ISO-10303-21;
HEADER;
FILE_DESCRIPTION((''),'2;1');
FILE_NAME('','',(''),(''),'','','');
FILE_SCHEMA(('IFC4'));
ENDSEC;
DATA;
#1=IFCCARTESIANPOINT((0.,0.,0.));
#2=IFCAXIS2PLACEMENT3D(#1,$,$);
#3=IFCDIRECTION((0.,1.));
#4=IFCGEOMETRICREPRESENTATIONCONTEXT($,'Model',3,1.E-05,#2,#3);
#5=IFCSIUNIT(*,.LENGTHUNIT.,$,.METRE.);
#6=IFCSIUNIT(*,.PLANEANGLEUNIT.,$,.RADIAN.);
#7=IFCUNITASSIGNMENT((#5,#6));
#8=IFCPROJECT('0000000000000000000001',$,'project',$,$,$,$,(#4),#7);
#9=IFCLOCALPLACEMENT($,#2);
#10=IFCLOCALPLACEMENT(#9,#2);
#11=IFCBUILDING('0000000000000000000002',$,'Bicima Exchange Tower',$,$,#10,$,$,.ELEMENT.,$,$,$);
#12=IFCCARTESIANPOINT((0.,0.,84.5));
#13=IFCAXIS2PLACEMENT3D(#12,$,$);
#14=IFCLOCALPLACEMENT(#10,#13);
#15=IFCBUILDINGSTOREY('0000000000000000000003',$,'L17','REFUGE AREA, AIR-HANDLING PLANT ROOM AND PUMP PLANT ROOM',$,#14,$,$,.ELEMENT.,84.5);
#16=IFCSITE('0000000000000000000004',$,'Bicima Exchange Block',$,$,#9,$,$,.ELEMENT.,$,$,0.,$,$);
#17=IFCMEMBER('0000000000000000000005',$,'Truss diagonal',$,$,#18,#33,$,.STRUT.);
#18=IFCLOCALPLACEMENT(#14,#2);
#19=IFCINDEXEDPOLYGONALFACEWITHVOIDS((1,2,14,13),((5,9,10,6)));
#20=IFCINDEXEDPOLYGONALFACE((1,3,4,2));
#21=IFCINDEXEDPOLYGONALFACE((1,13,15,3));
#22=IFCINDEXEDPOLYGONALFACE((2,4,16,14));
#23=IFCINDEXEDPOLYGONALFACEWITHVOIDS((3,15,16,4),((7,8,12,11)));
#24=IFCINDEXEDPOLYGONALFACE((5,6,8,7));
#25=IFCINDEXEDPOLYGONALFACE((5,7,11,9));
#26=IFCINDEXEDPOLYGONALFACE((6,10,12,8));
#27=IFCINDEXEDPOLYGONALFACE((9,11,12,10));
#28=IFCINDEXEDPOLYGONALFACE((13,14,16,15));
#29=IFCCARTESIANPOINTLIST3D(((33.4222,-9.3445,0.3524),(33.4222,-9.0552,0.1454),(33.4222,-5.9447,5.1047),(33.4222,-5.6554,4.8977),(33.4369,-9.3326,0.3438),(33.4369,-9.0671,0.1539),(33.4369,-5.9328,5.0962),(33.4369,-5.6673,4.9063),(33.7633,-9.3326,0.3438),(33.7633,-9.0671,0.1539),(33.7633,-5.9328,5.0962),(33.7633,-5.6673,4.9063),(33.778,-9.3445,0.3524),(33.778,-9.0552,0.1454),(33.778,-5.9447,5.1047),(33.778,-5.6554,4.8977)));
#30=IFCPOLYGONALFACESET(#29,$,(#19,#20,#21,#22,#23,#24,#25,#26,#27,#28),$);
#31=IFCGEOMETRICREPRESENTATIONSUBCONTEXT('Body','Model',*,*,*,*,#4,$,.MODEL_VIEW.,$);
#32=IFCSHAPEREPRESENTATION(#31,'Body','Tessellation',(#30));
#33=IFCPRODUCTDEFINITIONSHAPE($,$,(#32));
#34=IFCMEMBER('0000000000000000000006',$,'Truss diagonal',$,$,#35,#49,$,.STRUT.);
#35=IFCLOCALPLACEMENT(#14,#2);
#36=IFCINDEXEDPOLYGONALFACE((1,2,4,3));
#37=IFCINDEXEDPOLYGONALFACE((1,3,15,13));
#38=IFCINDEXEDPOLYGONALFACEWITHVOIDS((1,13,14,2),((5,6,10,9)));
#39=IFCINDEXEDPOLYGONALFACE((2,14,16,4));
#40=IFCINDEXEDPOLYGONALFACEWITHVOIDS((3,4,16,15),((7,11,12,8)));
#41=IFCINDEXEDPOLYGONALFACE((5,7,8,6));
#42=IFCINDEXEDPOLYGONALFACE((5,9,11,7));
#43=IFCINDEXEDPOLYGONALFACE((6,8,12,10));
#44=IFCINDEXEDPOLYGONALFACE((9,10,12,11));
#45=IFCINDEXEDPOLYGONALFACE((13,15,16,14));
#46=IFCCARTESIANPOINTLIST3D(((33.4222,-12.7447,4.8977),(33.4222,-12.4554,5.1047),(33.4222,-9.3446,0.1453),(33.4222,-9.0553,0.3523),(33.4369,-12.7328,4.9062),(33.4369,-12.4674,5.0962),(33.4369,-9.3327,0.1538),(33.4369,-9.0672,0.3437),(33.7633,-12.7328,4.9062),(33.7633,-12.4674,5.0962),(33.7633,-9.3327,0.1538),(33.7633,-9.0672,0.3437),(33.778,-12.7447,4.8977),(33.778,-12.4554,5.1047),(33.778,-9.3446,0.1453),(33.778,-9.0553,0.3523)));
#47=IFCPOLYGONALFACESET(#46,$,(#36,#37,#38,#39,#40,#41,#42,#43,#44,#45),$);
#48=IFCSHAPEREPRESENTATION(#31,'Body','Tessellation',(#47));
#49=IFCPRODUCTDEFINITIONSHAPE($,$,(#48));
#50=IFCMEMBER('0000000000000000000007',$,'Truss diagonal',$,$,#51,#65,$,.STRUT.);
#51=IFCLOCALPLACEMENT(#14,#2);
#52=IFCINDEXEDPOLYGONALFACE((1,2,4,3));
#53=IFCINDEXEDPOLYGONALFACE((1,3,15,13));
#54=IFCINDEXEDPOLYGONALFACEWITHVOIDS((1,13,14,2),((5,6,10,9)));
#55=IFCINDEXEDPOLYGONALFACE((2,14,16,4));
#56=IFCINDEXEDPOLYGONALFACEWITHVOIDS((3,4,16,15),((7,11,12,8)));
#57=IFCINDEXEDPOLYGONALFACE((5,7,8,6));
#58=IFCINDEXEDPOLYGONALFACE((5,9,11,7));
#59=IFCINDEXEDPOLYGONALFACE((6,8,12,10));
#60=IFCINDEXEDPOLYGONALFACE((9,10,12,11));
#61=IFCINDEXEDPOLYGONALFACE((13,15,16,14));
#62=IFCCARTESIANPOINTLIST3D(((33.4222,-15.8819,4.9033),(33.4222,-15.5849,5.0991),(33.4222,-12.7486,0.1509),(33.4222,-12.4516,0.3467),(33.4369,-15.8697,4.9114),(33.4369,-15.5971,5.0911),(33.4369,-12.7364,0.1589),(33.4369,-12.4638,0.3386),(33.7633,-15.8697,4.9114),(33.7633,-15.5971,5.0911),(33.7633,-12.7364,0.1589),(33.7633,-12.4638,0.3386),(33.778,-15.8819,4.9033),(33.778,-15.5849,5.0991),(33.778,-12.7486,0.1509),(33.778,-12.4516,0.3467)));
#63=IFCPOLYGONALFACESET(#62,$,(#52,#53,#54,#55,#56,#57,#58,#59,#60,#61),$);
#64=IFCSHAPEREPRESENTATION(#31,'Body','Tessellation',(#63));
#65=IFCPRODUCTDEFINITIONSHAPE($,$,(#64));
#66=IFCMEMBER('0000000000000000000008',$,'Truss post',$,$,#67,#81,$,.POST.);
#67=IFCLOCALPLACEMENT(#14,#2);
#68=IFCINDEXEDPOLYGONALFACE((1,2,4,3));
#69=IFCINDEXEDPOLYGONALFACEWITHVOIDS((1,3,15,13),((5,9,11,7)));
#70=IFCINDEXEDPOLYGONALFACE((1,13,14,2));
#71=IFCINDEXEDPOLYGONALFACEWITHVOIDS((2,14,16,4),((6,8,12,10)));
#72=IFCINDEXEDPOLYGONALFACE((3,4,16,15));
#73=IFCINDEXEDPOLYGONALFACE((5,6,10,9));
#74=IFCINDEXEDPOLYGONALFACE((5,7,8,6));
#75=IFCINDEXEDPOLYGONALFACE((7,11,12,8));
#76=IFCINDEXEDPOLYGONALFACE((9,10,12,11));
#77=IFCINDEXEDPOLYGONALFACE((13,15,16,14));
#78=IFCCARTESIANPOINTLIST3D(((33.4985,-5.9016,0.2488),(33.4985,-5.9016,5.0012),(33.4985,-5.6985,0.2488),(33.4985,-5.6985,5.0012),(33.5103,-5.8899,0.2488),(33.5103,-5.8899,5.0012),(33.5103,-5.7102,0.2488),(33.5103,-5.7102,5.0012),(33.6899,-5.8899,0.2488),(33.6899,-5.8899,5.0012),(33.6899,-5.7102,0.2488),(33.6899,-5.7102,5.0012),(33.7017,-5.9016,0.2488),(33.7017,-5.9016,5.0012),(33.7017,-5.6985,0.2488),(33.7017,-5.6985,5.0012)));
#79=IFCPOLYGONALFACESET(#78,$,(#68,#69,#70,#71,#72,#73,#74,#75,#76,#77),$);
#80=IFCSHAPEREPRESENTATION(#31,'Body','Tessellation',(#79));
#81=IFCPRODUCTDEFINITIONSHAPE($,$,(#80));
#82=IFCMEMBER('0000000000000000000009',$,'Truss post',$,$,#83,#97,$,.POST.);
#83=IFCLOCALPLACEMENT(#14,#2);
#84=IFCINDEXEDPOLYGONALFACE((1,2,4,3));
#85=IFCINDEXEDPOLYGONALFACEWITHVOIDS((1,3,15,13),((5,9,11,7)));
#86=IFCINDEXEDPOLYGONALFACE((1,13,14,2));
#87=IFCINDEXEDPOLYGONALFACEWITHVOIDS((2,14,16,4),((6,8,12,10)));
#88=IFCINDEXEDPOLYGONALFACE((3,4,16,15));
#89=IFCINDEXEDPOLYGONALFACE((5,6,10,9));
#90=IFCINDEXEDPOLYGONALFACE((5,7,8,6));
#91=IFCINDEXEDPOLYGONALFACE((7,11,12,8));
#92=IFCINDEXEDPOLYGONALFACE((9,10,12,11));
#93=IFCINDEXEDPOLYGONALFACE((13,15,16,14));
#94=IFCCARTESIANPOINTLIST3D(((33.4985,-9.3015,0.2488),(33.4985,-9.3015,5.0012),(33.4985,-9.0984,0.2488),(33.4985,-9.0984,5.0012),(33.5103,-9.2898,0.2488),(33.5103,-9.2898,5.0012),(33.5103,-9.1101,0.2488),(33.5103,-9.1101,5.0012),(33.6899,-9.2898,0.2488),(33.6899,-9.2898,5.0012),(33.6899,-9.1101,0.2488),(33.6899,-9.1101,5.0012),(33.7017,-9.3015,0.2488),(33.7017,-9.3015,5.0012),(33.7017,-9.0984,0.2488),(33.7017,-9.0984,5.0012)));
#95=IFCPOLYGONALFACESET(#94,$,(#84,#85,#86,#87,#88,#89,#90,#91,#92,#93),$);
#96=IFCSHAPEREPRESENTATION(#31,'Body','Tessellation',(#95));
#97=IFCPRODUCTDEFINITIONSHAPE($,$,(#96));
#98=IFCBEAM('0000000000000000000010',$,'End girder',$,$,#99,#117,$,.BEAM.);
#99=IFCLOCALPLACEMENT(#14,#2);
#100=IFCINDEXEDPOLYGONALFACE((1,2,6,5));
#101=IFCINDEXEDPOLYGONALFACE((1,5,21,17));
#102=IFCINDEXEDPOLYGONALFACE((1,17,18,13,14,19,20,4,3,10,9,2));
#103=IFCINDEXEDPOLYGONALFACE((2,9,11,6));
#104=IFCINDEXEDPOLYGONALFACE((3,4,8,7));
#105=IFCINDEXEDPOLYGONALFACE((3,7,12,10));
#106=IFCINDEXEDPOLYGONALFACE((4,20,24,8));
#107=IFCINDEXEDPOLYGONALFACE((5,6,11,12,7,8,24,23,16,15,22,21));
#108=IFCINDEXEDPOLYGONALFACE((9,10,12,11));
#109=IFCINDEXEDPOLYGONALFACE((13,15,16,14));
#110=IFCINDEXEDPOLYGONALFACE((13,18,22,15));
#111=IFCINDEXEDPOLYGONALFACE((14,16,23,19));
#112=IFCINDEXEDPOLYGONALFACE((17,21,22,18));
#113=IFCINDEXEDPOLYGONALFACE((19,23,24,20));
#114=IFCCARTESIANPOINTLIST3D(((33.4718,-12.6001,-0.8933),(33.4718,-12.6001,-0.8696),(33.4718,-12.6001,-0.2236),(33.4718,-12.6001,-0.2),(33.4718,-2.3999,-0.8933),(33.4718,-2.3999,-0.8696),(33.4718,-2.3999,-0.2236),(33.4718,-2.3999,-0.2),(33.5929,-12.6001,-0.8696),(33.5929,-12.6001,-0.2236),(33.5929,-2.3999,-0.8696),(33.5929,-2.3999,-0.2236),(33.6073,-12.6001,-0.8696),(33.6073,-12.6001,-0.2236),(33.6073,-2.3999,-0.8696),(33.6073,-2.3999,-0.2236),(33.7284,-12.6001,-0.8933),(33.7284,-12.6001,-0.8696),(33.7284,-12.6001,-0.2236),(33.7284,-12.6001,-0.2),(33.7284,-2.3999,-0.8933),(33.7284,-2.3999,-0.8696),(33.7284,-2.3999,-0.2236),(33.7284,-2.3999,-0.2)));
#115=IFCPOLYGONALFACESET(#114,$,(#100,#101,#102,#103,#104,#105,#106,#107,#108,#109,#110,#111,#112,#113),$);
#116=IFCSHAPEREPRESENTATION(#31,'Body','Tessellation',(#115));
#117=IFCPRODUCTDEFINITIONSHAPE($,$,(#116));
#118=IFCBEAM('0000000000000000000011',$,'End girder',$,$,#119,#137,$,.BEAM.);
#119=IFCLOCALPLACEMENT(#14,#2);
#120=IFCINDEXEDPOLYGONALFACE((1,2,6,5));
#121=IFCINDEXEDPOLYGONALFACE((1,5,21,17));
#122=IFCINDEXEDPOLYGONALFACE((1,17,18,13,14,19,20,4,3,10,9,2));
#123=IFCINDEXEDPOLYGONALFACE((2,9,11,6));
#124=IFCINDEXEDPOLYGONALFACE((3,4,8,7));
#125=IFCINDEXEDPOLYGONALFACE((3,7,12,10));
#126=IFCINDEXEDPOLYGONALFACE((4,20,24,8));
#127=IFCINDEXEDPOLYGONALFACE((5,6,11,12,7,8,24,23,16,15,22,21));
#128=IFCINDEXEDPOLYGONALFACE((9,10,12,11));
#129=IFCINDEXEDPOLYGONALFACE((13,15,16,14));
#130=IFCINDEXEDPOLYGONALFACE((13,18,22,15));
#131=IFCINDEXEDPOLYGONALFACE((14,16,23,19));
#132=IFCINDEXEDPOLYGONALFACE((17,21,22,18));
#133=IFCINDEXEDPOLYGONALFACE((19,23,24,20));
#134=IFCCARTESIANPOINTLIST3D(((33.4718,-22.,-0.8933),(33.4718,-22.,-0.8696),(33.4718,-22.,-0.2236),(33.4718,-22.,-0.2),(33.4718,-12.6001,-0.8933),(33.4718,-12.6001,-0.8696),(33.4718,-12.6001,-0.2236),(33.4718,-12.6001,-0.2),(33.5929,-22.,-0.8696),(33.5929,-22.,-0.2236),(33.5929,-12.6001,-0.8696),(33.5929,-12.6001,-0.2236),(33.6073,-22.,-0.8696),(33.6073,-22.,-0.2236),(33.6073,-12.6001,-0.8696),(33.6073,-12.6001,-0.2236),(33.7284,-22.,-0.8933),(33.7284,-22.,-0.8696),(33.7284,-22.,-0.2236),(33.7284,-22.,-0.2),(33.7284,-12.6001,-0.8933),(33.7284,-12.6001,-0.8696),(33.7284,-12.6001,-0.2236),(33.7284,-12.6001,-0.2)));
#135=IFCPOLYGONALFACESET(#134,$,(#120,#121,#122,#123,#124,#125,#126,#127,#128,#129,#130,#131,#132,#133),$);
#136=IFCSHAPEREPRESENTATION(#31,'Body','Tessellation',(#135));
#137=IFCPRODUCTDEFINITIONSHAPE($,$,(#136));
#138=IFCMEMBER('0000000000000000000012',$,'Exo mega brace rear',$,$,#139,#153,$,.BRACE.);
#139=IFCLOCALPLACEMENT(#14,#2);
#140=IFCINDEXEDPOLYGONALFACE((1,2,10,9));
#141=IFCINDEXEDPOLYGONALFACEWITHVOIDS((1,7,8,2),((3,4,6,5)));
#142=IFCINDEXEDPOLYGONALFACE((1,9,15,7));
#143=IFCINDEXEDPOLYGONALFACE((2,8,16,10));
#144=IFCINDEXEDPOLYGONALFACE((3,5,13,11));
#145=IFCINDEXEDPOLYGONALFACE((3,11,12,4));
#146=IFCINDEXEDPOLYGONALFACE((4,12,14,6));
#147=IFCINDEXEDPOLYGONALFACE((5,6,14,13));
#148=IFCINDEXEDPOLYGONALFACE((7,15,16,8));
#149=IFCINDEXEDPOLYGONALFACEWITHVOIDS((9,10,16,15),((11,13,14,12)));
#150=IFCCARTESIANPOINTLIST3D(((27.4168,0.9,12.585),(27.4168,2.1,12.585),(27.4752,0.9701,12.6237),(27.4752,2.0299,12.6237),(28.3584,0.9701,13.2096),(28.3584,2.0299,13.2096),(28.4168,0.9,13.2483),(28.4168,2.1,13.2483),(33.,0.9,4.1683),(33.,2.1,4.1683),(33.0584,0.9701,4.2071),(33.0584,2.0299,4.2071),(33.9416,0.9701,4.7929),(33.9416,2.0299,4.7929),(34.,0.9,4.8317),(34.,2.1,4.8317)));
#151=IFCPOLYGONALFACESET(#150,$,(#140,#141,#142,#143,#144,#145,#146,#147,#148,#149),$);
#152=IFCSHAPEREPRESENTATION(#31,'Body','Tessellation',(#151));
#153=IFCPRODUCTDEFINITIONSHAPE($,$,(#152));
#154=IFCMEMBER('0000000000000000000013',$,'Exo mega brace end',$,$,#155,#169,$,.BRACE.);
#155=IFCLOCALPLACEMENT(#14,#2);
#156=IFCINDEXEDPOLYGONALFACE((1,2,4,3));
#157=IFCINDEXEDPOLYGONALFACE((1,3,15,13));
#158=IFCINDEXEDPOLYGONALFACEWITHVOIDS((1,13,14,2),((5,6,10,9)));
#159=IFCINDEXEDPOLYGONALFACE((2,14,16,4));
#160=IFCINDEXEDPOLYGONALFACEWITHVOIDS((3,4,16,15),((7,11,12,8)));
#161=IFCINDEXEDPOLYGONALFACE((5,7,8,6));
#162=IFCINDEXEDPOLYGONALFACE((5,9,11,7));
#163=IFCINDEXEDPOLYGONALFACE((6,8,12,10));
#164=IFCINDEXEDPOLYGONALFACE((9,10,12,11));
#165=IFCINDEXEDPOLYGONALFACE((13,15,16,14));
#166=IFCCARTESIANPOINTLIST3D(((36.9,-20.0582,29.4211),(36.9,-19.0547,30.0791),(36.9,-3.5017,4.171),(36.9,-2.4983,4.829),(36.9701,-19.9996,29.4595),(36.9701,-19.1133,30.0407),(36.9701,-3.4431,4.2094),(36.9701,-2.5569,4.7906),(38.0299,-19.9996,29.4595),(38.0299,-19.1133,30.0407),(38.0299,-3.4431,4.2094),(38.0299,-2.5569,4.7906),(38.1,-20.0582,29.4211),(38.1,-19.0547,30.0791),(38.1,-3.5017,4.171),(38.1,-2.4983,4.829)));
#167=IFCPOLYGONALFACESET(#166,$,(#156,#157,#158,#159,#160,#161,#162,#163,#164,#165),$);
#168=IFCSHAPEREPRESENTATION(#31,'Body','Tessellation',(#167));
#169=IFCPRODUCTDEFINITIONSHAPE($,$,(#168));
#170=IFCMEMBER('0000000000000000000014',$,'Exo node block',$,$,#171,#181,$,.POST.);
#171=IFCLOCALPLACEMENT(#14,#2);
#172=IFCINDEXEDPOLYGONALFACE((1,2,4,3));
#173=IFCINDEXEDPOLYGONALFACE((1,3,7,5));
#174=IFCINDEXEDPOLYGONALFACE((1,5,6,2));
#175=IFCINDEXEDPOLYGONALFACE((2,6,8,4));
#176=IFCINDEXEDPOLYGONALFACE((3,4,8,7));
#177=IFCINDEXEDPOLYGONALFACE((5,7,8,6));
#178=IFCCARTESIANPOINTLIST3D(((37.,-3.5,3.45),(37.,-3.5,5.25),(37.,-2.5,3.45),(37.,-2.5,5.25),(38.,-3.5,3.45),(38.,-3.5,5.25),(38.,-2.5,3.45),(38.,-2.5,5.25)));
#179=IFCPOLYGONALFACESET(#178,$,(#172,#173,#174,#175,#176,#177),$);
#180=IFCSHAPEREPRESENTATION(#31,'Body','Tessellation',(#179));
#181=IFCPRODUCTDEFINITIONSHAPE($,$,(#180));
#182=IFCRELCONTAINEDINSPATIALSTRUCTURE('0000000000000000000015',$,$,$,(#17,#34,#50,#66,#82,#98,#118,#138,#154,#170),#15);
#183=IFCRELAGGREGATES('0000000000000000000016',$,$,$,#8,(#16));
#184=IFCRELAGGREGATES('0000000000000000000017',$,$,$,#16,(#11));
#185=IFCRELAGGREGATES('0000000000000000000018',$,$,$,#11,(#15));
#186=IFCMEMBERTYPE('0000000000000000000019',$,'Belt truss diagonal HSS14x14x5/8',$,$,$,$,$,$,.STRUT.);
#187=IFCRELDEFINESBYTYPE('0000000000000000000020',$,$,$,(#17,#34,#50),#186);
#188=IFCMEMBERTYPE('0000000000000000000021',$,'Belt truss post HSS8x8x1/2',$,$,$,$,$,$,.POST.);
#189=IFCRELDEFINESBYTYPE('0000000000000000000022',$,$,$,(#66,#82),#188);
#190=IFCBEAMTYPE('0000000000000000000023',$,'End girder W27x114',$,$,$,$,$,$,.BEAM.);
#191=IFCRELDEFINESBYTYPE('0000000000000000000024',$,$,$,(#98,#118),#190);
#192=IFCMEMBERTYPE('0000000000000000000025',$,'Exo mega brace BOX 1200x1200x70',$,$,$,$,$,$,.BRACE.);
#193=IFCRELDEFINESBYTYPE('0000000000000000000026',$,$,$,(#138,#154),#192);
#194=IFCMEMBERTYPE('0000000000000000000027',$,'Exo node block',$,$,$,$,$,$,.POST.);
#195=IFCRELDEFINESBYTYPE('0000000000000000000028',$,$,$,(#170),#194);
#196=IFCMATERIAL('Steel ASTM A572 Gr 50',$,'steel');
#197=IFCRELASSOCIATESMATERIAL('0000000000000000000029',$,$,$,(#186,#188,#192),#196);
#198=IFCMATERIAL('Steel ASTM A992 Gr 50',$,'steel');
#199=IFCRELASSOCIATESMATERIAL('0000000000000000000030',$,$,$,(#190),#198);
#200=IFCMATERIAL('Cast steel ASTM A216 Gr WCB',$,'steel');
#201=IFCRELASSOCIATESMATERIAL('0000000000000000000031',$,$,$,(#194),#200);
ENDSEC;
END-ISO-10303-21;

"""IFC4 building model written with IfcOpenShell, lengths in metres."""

from ifc_helpers import new_model, si_unit, direction, frame, origin, origin_2d, place, context, subcontext, project, spatial, rectangle, hollow_rectangle, i_section, extrude, material, material_profile, profile_set, type_object, element, save


model = new_model("IFC4")

# Units and contexts
model_context = context("Model", 3, precision=1e-05, world=origin(), true_north=direction((0.0, 1.0)))
body_context = subcontext(model_context, "Body", "Model", "MODEL_VIEW")
ifc_project = project(units=[si_unit("LENGTHUNIT", "METRE"), si_unit("PLANEANGLEUNIT", "RADIAN")], contexts=[model_context])

# Site, building, storey
site_placement = place(None, origin())
site = spatial("IfcSite", under=ifc_project, at=site_placement, Name="Bicima Exchange Block", CompositionType="ELEMENT", RefElevation=0.0)
building_placement = place(site_placement, origin())
building = spatial("IfcBuilding", under=site, at=building_placement, Name="Bicima Exchange Tower", CompositionType="ELEMENT")
storey_placement = place(building_placement, frame((0.0, 0.0, 84.5)))
storey = spatial("IfcBuildingStorey", under=building, at=storey_placement, Name="L17", Description="REFUGE AREA, AIR-HANDLING PLANT ROOM AND PUMP PLANT ROOM", CompositionType="ELEMENT", Elevation=84.5)

# Shared definitions
ifc_material_1 = material(Name="Steel ASTM A992 Gr 50", Category="steel")

# Shared definitions
ifc_material_2 = material(Name="Steel ASTM A572 Gr 50", Category="steel")

# Members
ifc_material_profile_1 = material_profile(ifc_material_2, hollow_rectangle(XDim=0.3557, YDim=0.3557, WallThickness=0.0146, at=origin_2d()))
ifc_profile_set_1 = profile_set([ifc_material_profile_1], Name="Steel ASTM A572 Gr 50")
member_type_1 = type_object("IfcMemberType", Name="Belt truss diagonal HSS14x14x5/8", PredefinedType="STRUT", material=ifc_profile_set_1)
member_1_placement = place(storey_placement, frame((33.6001, -5.8, 5.0012), z_axis=(0.0, -0.581839, -0.813304), x_axis=(1.0, 0.0, 0.0)))
element("IfcMember", 1, at=member_1_placement, inside=storey, type_object=member_type_1, Name="Truss diagonal", PredefinedType="STRUT", context=body_context, shape_type="SweptSolid", body=[
    extrude(hollow_rectangle(XDim=0.3557, YDim=0.3557, WallThickness=0.0146, at=origin_2d()), origin(), (0.0, 0.0, 1.0), 5.8433),
])
member_2_placement = place(storey_placement, frame((33.6001, -9.2, 0.2488), z_axis=(0.0, -0.581866, 0.813284), x_axis=(1.0, 0.0, 0.0)))
element("IfcMember", 2, at=member_2_placement, inside=storey, type_object=member_type_1, Name="Truss diagonal", PredefinedType="STRUT", context=body_context, shape_type="SweptSolid", body=[
    extrude(hollow_rectangle(XDim=0.3557, YDim=0.3557, WallThickness=0.0146, at=origin_2d()), origin(), (0.0, 0.0, 1.0), 5.8435),
])
member_3_placement = place(storey_placement, frame((33.6001, -12.6001, 0.2488), z_axis=(0.0, -0.550437, 0.834877), x_axis=(1.0, 0.0, 0.0)))
element("IfcMember", 3, at=member_3_placement, inside=storey, type_object=member_type_1, Name="Truss diagonal", PredefinedType="STRUT", context=body_context, shape_type="SweptSolid", body=[
    extrude(hollow_rectangle(XDim=0.3557, YDim=0.3557, WallThickness=0.0146, at=origin_2d()), origin(), (0.0, 0.0, 1.0), 5.6924),
])
ifc_material_profile_2 = material_profile(ifc_material_2, hollow_rectangle(XDim=0.2031, YDim=0.2031, WallThickness=0.0117, at=origin_2d()))
ifc_profile_set_2 = profile_set([ifc_material_profile_2], Name="Steel ASTM A572 Gr 50")
member_type_2 = type_object("IfcMemberType", Name="Belt truss post HSS8x8x1/2", PredefinedType="POST", material=ifc_profile_set_2)
for number, where, z_axis, x_axis, name in (
    (4, (33.6001, -5.8, 0.2488), (0.0, 0.0, 1.0), (1.0, 0.0, 0.0), "Truss post"),
    (5, (33.6001, -9.2, 0.2488), (0.0, 0.0, 1.0), (1.0, 0.0, 0.0), "Truss post"),
):
    element("IfcMember", number, at=place(storey_placement, frame(where, z_axis=z_axis, x_axis=x_axis)), inside=storey, type_object=member_type_2, Name=name, PredefinedType="POST", context=body_context, shape_type="SweptSolid", body=[
        extrude(hollow_rectangle(XDim=0.2031, YDim=0.2031, WallThickness=0.0117, at=origin_2d()), origin(), (0.0, 0.0, 1.0), 4.7524),
    ])

# Beams
ifc_material_profile_3 = material_profile(ifc_material_1, i_section(OverallWidth=0.2566, OverallDepth=0.6934, WebThickness=0.0144, FlangeThickness=0.0237, at=origin_2d()))
ifc_profile_set_3 = profile_set([ifc_material_profile_3], Name="Steel ASTM A992 Gr 50")
beam_type_1 = type_object("IfcBeamType", Name="End girder W27x114", PredefinedType="BEAM", material=ifc_profile_set_3)
beam_1_placement = place(storey_placement, frame((33.6001, -2.3999, -0.5466), z_axis=(0.0, -1.0, 0.0), x_axis=(1.0, 0.0, 0.0)))
element("IfcBeam", 6, at=beam_1_placement, inside=storey, type_object=beam_type_1, Name="End girder", PredefinedType="BEAM", context=body_context, shape_type="SweptSolid", body=[
    extrude(i_section(OverallWidth=0.2566, OverallDepth=0.6934, WebThickness=0.0144, FlangeThickness=0.0237, at=origin_2d()), origin(), (0.0, 0.0, 1.0), 10.2002),
])
beam_2_placement = place(storey_placement, frame((33.6001, -12.6001, -0.5466), z_axis=(0.0, -1.0, 0.0), x_axis=(1.0, 0.0, 0.0)))
element("IfcBeam", 7, at=beam_2_placement, inside=storey, type_object=beam_type_1, Name="End girder", PredefinedType="BEAM", context=body_context, shape_type="SweptSolid", body=[
    extrude(i_section(OverallWidth=0.2566, OverallDepth=0.6934, WebThickness=0.0144, FlangeThickness=0.0237, at=origin_2d()), origin(), (0.0, 0.0, 1.0), 9.3999),
])

# Members
ifc_material_profile_4 = material_profile(ifc_material_2, hollow_rectangle(XDim=1.2, YDim=1.2, WallThickness=0.0701, at=origin_2d()))
ifc_profile_set_4 = profile_set([ifc_material_profile_4], Name="Steel ASTM A572 Gr 50")
member_type_3 = type_object("IfcMemberType", Name="Exo mega brace BOX 1200x1200x70", PredefinedType="BRACE", material=ifc_profile_set_4)
member_4_placement = place(storey_placement, frame((33.5, 1.5, 4.5), z_axis=(-0.552785, 0.0, 0.833324), x_axis=(0.0, -1.0, 0.0)))
element("IfcMember", 8, at=member_4_placement, inside=storey, type_object=member_type_3, Name="Exo mega brace rear", PredefinedType="BRACE", context=body_context, shape_type="SweptSolid", body=[
    extrude(hollow_rectangle(XDim=1.2, YDim=1.2, WallThickness=0.0701, at=origin_2d()), origin(), (0.0, 0.0, 1.0), 10.1001),
])
member_5_placement = place(storey_placement, frame((37.5, -3.0, 4.5), z_axis=(0.0, -0.548334, 0.836259), x_axis=(1.0, 0.0, 0.0)))
element("IfcMember", 9, at=member_5_placement, inside=storey, type_object=member_type_3, Name="Exo mega brace end", PredefinedType="BRACE", context=body_context, shape_type="SweptSolid", body=[
    extrude(hollow_rectangle(XDim=1.2, YDim=1.2, WallThickness=0.0701, at=origin_2d()), origin(), (0.0, 0.0, 1.0), 30.1941),
])
ifc_material_3 = material(Name="Cast steel ASTM A216 Gr WCB", Category="steel")
ifc_material_profile_5 = material_profile(ifc_material_3, rectangle(XDim=1.0, YDim=1.0, at=origin_2d()))
ifc_profile_set_5 = profile_set([ifc_material_profile_5], Name="Cast steel ASTM A216 Gr WCB")
member_type_4 = type_object("IfcMemberType", Name="Exo node block", PredefinedType="POST", material=ifc_profile_set_5)
for number, where, z_axis, x_axis, name in (
    (10, (37.5, -3.0, 3.45), (0.0, 0.0, 1.0), (1.0, 0.0, 0.0), "Exo node block"),
):
    element("IfcMember", number, at=place(storey_placement, frame(where, z_axis=z_axis, x_axis=x_axis)), inside=storey, type_object=member_type_4, Name=name, PredefinedType="POST", context=body_context, shape_type="SweptSolid", body=[
        extrude(rectangle(XDim=1.0, YDim=1.0, at=origin_2d()), origin(), (0.0, 0.0, 1.0), 1.8),
    ])

save(model, "model.ifc")
